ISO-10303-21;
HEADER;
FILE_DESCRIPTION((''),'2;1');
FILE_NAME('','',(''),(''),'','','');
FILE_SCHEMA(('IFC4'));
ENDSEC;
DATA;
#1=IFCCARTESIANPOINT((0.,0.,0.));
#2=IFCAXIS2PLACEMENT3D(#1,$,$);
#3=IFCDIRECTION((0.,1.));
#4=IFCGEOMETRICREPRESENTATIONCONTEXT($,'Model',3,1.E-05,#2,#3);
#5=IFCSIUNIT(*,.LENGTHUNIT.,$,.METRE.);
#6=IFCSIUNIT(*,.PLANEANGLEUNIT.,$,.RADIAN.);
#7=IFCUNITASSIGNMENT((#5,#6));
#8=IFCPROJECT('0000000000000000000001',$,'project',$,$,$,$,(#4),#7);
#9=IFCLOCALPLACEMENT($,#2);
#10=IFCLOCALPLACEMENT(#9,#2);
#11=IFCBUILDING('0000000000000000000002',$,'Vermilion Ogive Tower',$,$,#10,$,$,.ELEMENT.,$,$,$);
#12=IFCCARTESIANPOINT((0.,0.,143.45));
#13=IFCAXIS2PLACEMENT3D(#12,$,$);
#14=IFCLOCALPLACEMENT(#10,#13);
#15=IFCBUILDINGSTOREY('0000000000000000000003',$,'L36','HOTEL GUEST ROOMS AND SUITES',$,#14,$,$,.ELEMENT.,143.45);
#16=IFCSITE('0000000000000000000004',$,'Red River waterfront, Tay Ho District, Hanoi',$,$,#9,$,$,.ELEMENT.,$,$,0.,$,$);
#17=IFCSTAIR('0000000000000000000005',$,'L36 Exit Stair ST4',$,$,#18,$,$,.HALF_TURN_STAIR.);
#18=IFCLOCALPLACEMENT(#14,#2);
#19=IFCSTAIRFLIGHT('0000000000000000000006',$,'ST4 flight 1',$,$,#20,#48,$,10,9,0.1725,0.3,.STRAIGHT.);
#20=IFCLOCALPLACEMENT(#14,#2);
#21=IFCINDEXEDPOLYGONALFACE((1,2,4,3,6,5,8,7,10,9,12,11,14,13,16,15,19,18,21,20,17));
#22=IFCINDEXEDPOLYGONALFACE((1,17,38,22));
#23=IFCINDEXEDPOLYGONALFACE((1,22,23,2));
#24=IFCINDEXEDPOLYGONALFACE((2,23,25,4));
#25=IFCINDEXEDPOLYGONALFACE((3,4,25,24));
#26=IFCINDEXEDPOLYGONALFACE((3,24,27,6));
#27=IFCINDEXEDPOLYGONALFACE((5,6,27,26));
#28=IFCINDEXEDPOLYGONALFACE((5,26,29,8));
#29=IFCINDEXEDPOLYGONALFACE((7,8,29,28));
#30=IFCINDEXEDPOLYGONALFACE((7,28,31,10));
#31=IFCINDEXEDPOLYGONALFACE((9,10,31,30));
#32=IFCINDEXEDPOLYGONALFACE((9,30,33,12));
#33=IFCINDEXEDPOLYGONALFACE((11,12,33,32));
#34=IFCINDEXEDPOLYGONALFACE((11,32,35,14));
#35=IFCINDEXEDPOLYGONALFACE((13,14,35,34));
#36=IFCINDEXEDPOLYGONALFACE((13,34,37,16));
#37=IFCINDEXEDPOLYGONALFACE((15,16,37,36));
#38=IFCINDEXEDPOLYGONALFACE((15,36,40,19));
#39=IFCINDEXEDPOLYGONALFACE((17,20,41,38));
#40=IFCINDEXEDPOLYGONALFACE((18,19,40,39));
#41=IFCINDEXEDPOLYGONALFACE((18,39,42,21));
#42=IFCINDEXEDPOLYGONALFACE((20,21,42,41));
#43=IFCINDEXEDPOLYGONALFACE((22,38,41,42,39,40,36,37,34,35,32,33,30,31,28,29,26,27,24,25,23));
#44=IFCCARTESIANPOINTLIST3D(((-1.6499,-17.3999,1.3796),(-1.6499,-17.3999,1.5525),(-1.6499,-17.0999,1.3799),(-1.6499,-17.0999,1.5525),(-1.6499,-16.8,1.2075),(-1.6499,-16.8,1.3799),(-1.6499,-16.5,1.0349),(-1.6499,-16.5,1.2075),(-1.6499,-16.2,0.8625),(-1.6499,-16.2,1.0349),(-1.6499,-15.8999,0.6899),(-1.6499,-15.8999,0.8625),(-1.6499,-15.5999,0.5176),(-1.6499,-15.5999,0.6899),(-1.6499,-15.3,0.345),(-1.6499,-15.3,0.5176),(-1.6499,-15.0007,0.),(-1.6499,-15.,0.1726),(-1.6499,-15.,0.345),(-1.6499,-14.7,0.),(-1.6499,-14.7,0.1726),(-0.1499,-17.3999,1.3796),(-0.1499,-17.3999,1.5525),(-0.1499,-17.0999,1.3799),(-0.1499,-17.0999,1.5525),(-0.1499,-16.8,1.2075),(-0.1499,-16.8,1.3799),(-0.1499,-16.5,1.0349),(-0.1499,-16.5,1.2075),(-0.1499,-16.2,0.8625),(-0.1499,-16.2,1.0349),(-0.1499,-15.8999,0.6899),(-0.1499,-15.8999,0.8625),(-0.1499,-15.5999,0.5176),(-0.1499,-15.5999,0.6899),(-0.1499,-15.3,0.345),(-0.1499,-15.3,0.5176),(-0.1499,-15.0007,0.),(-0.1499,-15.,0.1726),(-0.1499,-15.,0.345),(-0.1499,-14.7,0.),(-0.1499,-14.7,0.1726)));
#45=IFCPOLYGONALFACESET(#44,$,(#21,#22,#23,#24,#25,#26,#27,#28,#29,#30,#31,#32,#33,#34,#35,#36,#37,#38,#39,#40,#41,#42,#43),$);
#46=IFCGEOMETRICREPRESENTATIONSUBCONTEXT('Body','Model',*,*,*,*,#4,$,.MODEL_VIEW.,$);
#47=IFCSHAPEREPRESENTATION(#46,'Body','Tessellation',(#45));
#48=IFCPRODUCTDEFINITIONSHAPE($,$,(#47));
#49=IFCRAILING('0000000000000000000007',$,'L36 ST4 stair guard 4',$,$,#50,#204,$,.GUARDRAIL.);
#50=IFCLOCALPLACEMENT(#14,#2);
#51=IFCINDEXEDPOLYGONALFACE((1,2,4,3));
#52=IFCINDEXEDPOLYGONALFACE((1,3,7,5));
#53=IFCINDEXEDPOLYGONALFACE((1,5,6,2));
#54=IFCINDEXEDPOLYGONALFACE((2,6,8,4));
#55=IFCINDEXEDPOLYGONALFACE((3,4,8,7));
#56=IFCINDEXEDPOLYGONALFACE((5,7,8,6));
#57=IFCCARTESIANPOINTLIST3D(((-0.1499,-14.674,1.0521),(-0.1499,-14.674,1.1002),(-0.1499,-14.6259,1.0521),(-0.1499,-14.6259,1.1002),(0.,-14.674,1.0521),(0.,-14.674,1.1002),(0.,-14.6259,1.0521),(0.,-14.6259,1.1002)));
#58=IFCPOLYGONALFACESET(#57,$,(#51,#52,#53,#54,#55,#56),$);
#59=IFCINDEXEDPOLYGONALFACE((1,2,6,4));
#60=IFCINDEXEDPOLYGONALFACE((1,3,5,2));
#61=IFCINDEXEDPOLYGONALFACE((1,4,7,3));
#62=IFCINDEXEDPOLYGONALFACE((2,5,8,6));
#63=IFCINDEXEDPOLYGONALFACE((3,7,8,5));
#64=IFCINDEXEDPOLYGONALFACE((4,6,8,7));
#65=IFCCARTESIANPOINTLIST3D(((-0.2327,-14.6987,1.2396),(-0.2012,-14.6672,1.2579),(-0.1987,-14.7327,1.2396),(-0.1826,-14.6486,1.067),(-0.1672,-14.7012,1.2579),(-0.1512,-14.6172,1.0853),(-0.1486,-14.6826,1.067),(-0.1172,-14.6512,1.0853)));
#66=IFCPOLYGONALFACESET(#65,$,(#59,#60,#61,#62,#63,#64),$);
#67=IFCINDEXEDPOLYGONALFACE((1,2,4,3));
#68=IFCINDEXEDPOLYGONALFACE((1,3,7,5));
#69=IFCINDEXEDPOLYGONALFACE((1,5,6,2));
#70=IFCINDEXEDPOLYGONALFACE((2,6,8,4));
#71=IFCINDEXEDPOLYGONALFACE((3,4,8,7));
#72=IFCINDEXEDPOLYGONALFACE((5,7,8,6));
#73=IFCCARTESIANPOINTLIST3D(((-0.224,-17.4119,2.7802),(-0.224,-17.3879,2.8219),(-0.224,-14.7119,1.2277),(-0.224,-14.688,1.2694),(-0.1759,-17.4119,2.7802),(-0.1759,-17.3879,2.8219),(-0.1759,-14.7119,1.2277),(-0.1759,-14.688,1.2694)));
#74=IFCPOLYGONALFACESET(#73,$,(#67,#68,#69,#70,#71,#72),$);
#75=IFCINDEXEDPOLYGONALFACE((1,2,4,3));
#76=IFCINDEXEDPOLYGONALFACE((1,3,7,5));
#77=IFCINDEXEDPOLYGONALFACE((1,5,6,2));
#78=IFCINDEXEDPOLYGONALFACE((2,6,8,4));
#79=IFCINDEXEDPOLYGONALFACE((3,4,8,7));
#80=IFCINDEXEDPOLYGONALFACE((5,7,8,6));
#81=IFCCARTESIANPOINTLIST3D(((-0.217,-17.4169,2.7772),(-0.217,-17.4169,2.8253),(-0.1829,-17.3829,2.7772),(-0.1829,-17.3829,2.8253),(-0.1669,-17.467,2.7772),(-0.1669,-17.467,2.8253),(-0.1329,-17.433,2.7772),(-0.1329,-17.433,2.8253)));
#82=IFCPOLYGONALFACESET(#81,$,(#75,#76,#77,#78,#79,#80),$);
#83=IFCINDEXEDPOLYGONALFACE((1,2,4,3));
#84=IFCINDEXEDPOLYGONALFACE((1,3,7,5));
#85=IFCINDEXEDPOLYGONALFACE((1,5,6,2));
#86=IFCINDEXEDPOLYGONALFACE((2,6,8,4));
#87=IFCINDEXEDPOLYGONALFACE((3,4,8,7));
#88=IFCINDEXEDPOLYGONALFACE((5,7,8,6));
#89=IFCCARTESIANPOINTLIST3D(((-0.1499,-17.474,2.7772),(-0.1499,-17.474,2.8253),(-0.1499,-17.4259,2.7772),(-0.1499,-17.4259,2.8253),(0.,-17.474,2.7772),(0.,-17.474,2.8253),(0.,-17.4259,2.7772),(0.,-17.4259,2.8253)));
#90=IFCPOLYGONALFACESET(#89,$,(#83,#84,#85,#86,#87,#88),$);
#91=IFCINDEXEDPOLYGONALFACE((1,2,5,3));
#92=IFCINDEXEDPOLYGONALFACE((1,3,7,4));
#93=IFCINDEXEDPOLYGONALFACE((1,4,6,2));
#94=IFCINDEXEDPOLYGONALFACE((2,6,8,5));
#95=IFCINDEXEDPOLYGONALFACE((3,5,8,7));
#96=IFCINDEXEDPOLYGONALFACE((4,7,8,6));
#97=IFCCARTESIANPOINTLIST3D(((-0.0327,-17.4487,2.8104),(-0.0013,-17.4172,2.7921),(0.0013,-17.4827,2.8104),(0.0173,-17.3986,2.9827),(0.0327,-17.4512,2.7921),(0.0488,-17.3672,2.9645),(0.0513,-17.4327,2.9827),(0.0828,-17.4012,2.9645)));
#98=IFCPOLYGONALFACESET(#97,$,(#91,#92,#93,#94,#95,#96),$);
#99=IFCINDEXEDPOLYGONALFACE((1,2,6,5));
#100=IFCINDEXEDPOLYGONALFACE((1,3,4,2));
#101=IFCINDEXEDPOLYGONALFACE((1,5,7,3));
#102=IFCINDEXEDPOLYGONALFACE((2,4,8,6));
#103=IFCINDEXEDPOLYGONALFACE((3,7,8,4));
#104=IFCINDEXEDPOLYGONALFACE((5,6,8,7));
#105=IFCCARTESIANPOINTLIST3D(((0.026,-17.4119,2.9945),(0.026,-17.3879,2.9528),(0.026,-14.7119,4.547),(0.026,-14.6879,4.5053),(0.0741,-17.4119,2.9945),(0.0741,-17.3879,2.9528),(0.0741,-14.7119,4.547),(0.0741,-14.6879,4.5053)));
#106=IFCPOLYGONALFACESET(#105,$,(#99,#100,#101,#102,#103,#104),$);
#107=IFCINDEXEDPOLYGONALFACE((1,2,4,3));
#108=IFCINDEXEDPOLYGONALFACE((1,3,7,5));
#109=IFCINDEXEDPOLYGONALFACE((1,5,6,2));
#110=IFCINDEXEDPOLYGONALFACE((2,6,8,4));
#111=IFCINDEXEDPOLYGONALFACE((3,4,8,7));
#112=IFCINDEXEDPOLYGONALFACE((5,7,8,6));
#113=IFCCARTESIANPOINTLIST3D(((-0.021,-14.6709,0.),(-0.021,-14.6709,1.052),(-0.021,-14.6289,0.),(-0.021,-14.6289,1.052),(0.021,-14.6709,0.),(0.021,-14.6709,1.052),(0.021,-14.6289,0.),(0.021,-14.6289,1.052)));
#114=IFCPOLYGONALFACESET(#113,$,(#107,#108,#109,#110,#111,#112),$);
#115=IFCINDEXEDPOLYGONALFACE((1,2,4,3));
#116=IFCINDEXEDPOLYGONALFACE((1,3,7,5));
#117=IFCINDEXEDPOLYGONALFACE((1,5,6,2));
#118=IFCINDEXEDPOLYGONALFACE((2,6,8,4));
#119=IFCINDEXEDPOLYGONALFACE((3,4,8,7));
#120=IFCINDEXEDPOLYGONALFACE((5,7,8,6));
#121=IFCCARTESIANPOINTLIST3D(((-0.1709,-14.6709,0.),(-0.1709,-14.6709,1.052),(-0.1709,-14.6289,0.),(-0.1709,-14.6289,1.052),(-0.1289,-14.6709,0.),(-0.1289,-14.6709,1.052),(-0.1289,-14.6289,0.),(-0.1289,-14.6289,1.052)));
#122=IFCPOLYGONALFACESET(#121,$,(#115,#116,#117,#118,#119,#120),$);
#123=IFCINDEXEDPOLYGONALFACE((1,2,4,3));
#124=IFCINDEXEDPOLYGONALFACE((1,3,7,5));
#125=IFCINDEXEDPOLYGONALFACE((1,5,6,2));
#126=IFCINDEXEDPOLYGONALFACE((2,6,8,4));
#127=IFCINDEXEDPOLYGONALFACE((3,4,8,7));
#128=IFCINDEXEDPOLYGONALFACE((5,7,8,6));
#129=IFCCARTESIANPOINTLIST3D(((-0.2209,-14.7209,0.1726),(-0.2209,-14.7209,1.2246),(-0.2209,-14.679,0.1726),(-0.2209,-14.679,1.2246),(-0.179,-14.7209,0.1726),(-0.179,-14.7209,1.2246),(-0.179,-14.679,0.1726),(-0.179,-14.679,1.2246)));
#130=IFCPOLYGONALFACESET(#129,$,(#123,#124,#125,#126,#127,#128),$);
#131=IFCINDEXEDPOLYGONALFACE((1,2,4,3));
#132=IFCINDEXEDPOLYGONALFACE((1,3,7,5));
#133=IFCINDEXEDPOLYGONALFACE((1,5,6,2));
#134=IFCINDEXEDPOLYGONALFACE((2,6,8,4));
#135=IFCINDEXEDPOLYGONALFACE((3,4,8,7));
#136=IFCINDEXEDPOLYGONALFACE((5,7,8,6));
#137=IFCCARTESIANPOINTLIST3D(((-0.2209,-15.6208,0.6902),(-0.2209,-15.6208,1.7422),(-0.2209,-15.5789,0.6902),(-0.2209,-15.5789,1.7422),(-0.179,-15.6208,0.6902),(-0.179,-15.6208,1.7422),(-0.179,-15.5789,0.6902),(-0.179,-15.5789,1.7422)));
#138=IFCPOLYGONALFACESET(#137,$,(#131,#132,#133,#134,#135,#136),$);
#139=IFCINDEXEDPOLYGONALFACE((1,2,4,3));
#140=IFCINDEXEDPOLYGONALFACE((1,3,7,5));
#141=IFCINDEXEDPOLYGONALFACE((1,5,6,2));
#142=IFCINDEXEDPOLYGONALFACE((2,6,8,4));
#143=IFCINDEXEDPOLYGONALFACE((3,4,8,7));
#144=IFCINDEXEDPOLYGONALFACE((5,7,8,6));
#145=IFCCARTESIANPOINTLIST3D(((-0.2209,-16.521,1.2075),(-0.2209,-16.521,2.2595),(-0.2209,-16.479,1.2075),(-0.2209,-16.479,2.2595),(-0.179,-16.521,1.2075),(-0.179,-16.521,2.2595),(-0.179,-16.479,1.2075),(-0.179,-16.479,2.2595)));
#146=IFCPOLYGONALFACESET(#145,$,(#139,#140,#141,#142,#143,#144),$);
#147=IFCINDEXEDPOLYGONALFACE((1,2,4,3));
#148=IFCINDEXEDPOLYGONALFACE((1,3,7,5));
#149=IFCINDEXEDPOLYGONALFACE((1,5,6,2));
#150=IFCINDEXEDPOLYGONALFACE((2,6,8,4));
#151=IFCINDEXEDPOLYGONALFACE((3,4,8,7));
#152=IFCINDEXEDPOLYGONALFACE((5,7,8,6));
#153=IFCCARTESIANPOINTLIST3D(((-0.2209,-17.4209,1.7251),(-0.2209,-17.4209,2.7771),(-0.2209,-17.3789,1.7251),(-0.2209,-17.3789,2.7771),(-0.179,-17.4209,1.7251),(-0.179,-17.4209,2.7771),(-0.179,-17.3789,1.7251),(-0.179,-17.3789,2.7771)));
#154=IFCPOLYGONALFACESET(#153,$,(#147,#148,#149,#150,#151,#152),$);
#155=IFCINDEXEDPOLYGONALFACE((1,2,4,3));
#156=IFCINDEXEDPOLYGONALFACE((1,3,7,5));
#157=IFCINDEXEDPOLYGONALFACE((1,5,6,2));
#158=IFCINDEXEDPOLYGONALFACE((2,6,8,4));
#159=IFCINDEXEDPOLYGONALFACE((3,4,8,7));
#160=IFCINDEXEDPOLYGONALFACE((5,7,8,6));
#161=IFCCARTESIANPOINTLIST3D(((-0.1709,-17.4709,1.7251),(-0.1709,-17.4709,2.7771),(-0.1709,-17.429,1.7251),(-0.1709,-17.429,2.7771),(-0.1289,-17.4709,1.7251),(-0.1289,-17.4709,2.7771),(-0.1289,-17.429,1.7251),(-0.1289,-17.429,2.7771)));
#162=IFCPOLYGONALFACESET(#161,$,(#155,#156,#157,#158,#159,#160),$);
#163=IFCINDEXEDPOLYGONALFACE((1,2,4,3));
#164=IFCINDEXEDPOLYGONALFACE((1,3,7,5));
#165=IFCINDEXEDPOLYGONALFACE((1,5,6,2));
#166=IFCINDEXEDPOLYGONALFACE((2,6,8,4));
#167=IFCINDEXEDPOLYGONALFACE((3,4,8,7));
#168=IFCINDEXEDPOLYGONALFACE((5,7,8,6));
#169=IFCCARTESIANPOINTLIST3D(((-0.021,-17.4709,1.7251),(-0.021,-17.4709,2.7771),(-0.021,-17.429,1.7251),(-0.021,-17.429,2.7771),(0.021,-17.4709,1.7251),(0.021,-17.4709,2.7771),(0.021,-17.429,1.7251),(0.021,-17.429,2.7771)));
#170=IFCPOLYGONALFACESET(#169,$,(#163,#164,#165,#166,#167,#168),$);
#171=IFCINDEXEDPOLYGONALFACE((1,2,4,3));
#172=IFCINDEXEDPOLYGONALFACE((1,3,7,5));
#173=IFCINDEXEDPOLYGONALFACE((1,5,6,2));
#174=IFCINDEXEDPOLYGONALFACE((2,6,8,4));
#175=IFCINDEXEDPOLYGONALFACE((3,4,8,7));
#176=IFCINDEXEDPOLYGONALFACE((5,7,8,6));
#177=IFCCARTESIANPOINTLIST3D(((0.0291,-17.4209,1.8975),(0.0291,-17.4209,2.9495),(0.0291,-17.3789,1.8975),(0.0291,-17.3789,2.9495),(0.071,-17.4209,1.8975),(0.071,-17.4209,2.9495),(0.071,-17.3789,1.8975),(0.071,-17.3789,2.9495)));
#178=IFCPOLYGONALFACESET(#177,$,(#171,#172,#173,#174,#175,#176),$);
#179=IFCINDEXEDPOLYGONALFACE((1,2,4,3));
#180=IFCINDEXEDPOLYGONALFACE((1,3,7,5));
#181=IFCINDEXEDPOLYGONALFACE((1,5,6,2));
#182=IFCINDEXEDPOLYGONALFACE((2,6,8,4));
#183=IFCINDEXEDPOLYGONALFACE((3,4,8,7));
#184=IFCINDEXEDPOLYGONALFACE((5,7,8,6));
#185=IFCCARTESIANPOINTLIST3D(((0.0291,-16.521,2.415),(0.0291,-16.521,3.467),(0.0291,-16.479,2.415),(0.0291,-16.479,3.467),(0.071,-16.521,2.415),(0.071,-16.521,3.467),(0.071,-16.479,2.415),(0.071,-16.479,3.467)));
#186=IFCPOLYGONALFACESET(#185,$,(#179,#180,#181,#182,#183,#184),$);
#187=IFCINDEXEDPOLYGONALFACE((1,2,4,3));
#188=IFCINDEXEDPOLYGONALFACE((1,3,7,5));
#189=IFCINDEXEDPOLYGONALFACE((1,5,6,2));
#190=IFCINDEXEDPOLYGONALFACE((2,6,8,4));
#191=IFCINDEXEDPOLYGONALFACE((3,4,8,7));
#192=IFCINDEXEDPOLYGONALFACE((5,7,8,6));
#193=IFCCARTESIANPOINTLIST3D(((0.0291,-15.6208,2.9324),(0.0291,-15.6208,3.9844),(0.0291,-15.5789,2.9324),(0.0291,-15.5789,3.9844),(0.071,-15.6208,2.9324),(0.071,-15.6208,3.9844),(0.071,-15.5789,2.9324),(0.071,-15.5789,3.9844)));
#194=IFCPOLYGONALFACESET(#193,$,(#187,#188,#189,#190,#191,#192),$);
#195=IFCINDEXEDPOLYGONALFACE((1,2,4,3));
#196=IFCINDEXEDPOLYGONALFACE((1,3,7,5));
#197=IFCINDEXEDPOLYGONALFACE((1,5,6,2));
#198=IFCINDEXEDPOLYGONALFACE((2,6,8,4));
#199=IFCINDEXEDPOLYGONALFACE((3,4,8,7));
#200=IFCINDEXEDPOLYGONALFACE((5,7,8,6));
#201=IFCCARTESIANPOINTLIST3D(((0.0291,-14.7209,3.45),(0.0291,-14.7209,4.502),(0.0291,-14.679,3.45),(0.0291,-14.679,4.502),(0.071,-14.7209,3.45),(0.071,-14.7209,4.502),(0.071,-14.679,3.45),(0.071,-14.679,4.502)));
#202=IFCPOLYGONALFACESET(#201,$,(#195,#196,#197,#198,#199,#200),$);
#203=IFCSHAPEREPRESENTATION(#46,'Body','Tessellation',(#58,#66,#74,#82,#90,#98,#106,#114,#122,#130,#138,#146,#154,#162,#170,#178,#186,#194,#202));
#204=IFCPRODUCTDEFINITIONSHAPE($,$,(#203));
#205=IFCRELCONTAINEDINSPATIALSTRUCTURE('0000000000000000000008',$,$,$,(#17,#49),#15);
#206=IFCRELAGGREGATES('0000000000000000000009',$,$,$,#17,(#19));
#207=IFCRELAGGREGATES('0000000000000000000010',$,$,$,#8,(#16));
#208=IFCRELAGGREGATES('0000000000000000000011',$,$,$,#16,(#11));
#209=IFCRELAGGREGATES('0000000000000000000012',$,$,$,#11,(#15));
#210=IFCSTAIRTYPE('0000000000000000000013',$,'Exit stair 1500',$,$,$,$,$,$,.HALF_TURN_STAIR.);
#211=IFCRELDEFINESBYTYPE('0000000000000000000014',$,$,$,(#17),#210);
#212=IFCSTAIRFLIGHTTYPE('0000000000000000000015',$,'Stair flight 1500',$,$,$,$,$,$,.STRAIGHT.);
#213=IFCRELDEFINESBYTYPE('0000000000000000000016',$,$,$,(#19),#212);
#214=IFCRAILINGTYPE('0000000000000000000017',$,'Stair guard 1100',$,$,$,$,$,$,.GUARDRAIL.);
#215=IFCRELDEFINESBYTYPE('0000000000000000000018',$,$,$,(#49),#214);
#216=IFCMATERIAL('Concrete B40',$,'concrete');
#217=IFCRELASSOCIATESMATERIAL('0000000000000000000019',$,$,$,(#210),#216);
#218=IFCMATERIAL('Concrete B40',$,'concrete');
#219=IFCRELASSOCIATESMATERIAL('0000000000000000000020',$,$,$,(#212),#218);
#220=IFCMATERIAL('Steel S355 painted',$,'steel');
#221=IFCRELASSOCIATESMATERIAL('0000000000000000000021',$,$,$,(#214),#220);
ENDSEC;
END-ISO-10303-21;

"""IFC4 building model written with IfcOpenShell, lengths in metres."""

from ifc_helpers import new_model, si_unit, direction, frame, origin, origin_2d, place, context, subcontext, project, spatial, polyline, rectangle, outline, extrude, material, type_object, element, aggregate, save


model = new_model("IFC4")

# Units and contexts
model_context = context("Model", 3, precision=1e-05, world=origin(), true_north=direction((0.0, 1.0)))
body_context = subcontext(model_context, "Body", "Model", "MODEL_VIEW")
ifc_project = project(units=[si_unit("LENGTHUNIT", "METRE"), si_unit("PLANEANGLEUNIT", "RADIAN")], contexts=[model_context])

# Site, building, storey
site_placement = place(None, origin())
site = spatial("IfcSite", under=ifc_project, at=site_placement, Name="Red River waterfront, Tay Ho District, Hanoi", CompositionType="ELEMENT", RefElevation=0.0)
building_placement = place(site_placement, origin())
building = spatial("IfcBuilding", under=site, at=building_placement, Name="Vermilion Ogive Tower", CompositionType="ELEMENT")
storey_placement = place(building_placement, frame((0.0, 0.0, 143.45)))
storey = spatial("IfcBuildingStorey", under=building, at=storey_placement, Name="L36", Description="HOTEL GUEST ROOMS AND SUITES", CompositionType="ELEMENT", Elevation=143.45)

# Stair, stair flight
ifc_material_1 = material(Name="Concrete B40", Category="concrete")
stair_type = type_object("IfcStairType", Name="Exit stair 1500", PredefinedType="HALF_TURN_STAIR", material=ifc_material_1)
stair_placement = place(storey_placement, origin())
stair = element("IfcStair", 1, at=stair_placement, inside=storey, type_object=stair_type, Name="L36 Exit Stair ST4", PredefinedType="HALF_TURN_STAIR")
ifc_material_2 = material(Name="Concrete B40", Category="concrete")
stair_flight_type = type_object("IfcStairFlightType", Name="Stair flight 1500", PredefinedType="STRAIGHT", material=ifc_material_2)
stair_flight_placement = place(storey_placement, frame((-0.8999, -14.7, 0.0), z_axis=(0.0, 0.0, 1.0), x_axis=(0.0, -1.0, 0.0)))
stair_flight = element("IfcStairFlight", 2, at=stair_flight_placement, type_object=stair_flight_type, Name="ST4 flight 1", NumberOfRisers=10, NumberOfTreads=9, PredefinedType="STRAIGHT", RiserHeight=0.1725, TreadLength=0.3, context=body_context, shape_type="SweptSolid", body=[
    extrude(outline(polyline([(0.0, 0.0), (0.0, 0.1726), (0.3, 0.1726), (0.3, 0.345), (0.6001, 0.345), (0.6001, 0.5176), (0.8999, 0.5176), (0.8999, 0.6899), (1.2, 0.6899), (1.2, 0.8625), (1.5, 0.8625), (1.5, 1.0349), (1.8, 1.0349), (1.8, 1.2075), (2.1001, 1.2075), (2.1001, 1.3799), (2.3999, 1.3799), (2.3999, 1.5525), (2.7, 1.5525), (2.7, 1.7251), (2.7, 1.3796), (0.3008, 0.0), (0.0, 0.0)])), frame((0.0, 0.75, 0.0), z_axis=(0.0, -1.0, 0.0), x_axis=(1.0, 0.0, 0.0)), (0.0, 0.0, 1.0), 1.5),
])
aggregate(stair, [stair_flight])

# Railing
ifc_material_3 = material(Name="Steel S355 painted", Category="steel")
railing_type_1 = type_object("IfcRailingType", Name="Stair guard 1100", PredefinedType="GUARDRAIL", material=ifc_material_3)
railing_1_placement = place(storey_placement, frame((0.0, -14.6499, 0.0)))
element("IfcRailing", 3, at=railing_1_placement, inside=storey, type_object=railing_type_1, Name="L36 ST4 stair guard 4", PredefinedType="GUARDRAIL", context=body_context, shape_type="SweptSolid", body=[
    extrude(rectangle(XDim=0.0481, YDim=0.0481, at=origin_2d()), frame((0.0, 0.0, 1.0762), z_axis=(-1.0, 0.0, 0.0), x_axis=(0.0, -1.0, 0.0)), (0.0, 0.0, 1.0), 0.1499),
    extrude(rectangle(XDim=0.0481, YDim=0.0481, at=origin_2d()), frame((-0.1499, 0.0, 1.0762), z_axis=(-0.268278, -0.268278, 0.925232), x_axis=(0.707107, -0.707107, 0.0)), (0.0, 0.0, 1.0), 0.1865),
    extrude(rectangle(XDim=0.0481, YDim=0.0481, at=origin_2d()), frame((-0.2, -0.05, 1.2485), z_axis=(0.0, -0.866904, 0.498476), x_axis=(1.0, 0.0, 0.0)), (0.0, 0.0, 1.0), 3.1145),
    extrude(rectangle(XDim=0.0481, YDim=0.0481, at=origin_2d()), frame((-0.2, -2.75, 2.8013), z_axis=(0.707107, -0.707107, 0.0), x_axis=(0.707107, 0.707107, 0.0)), (0.0, 0.0, 1.0), 0.0708),
    extrude(rectangle(XDim=0.0481, YDim=0.0481, at=origin_2d()), frame((-0.1499, -2.8, 2.8013), z_axis=(1.0, 0.0, 0.0), x_axis=(0.0, 1.0, 0.0)), (0.0, 0.0, 1.0), 0.1499),
    extrude(rectangle(XDim=0.0481, YDim=0.0481, at=origin_2d()), frame((0.0, -2.8, 2.8013), z_axis=(0.268603, 0.268603, 0.925043), x_axis=(-0.707107, 0.707107, 0.0)), (0.0, 0.0, 1.0), 0.1863),
    extrude(rectangle(XDim=0.0481, YDim=0.0481, at=origin_2d()), frame((0.05, -2.75, 2.9736), z_axis=(0.0, 0.866904, 0.498476), x_axis=(-1.0, 0.0, 0.0)), (0.0, 0.0, 1.0), 3.1145),
    extrude(rectangle(XDim=0.042, YDim=0.042, at=origin_2d()), origin(), (0.0, 0.0, 1.0), 1.052),
    extrude(rectangle(XDim=0.042, YDim=0.042, at=origin_2d()), frame((-0.1499, 0.0, 0.0)), (0.0, 0.0, 1.0), 1.052),
    extrude(rectangle(XDim=0.042, YDim=0.042, at=origin_2d()), frame((-0.2, -0.05, 0.1726)), (0.0, 0.0, 1.0), 1.052),
    extrude(rectangle(XDim=0.042, YDim=0.042, at=origin_2d()), frame((-0.2, -0.95, 0.6902)), (0.0, 0.0, 1.0), 1.052),
    extrude(rectangle(XDim=0.042, YDim=0.042, at=origin_2d()), frame((-0.2, -1.8501, 1.2075)), (0.0, 0.0, 1.0), 1.052),
    extrude(rectangle(XDim=0.042, YDim=0.042, at=origin_2d()), frame((-0.2, -2.75, 1.7251)), (0.0, 0.0, 1.0), 1.052),
    extrude(rectangle(XDim=0.042, YDim=0.042, at=origin_2d()), frame((-0.1499, -2.8, 1.7251)), (0.0, 0.0, 1.0), 1.052),
    extrude(rectangle(XDim=0.042, YDim=0.042, at=origin_2d()), frame((0.0, -2.8, 1.7251)), (0.0, 0.0, 1.0), 1.052),
    extrude(rectangle(XDim=0.042, YDim=0.042, at=origin_2d()), frame((0.05, -2.75, 1.8975)), (0.0, 0.0, 1.0), 1.052),
    extrude(rectangle(XDim=0.042, YDim=0.042, at=origin_2d()), frame((0.05, -1.8501, 2.415)), (0.0, 0.0, 1.0), 1.052),
    extrude(rectangle(XDim=0.042, YDim=0.042, at=origin_2d()), frame((0.05, -0.95, 2.9324)), (0.0, 0.0, 1.0), 1.052),
    extrude(rectangle(XDim=0.042, YDim=0.042, at=origin_2d()), frame((0.05, -0.05, 3.45)), (0.0, 0.0, 1.0), 1.052),
])

save(model, "model.ifc")
